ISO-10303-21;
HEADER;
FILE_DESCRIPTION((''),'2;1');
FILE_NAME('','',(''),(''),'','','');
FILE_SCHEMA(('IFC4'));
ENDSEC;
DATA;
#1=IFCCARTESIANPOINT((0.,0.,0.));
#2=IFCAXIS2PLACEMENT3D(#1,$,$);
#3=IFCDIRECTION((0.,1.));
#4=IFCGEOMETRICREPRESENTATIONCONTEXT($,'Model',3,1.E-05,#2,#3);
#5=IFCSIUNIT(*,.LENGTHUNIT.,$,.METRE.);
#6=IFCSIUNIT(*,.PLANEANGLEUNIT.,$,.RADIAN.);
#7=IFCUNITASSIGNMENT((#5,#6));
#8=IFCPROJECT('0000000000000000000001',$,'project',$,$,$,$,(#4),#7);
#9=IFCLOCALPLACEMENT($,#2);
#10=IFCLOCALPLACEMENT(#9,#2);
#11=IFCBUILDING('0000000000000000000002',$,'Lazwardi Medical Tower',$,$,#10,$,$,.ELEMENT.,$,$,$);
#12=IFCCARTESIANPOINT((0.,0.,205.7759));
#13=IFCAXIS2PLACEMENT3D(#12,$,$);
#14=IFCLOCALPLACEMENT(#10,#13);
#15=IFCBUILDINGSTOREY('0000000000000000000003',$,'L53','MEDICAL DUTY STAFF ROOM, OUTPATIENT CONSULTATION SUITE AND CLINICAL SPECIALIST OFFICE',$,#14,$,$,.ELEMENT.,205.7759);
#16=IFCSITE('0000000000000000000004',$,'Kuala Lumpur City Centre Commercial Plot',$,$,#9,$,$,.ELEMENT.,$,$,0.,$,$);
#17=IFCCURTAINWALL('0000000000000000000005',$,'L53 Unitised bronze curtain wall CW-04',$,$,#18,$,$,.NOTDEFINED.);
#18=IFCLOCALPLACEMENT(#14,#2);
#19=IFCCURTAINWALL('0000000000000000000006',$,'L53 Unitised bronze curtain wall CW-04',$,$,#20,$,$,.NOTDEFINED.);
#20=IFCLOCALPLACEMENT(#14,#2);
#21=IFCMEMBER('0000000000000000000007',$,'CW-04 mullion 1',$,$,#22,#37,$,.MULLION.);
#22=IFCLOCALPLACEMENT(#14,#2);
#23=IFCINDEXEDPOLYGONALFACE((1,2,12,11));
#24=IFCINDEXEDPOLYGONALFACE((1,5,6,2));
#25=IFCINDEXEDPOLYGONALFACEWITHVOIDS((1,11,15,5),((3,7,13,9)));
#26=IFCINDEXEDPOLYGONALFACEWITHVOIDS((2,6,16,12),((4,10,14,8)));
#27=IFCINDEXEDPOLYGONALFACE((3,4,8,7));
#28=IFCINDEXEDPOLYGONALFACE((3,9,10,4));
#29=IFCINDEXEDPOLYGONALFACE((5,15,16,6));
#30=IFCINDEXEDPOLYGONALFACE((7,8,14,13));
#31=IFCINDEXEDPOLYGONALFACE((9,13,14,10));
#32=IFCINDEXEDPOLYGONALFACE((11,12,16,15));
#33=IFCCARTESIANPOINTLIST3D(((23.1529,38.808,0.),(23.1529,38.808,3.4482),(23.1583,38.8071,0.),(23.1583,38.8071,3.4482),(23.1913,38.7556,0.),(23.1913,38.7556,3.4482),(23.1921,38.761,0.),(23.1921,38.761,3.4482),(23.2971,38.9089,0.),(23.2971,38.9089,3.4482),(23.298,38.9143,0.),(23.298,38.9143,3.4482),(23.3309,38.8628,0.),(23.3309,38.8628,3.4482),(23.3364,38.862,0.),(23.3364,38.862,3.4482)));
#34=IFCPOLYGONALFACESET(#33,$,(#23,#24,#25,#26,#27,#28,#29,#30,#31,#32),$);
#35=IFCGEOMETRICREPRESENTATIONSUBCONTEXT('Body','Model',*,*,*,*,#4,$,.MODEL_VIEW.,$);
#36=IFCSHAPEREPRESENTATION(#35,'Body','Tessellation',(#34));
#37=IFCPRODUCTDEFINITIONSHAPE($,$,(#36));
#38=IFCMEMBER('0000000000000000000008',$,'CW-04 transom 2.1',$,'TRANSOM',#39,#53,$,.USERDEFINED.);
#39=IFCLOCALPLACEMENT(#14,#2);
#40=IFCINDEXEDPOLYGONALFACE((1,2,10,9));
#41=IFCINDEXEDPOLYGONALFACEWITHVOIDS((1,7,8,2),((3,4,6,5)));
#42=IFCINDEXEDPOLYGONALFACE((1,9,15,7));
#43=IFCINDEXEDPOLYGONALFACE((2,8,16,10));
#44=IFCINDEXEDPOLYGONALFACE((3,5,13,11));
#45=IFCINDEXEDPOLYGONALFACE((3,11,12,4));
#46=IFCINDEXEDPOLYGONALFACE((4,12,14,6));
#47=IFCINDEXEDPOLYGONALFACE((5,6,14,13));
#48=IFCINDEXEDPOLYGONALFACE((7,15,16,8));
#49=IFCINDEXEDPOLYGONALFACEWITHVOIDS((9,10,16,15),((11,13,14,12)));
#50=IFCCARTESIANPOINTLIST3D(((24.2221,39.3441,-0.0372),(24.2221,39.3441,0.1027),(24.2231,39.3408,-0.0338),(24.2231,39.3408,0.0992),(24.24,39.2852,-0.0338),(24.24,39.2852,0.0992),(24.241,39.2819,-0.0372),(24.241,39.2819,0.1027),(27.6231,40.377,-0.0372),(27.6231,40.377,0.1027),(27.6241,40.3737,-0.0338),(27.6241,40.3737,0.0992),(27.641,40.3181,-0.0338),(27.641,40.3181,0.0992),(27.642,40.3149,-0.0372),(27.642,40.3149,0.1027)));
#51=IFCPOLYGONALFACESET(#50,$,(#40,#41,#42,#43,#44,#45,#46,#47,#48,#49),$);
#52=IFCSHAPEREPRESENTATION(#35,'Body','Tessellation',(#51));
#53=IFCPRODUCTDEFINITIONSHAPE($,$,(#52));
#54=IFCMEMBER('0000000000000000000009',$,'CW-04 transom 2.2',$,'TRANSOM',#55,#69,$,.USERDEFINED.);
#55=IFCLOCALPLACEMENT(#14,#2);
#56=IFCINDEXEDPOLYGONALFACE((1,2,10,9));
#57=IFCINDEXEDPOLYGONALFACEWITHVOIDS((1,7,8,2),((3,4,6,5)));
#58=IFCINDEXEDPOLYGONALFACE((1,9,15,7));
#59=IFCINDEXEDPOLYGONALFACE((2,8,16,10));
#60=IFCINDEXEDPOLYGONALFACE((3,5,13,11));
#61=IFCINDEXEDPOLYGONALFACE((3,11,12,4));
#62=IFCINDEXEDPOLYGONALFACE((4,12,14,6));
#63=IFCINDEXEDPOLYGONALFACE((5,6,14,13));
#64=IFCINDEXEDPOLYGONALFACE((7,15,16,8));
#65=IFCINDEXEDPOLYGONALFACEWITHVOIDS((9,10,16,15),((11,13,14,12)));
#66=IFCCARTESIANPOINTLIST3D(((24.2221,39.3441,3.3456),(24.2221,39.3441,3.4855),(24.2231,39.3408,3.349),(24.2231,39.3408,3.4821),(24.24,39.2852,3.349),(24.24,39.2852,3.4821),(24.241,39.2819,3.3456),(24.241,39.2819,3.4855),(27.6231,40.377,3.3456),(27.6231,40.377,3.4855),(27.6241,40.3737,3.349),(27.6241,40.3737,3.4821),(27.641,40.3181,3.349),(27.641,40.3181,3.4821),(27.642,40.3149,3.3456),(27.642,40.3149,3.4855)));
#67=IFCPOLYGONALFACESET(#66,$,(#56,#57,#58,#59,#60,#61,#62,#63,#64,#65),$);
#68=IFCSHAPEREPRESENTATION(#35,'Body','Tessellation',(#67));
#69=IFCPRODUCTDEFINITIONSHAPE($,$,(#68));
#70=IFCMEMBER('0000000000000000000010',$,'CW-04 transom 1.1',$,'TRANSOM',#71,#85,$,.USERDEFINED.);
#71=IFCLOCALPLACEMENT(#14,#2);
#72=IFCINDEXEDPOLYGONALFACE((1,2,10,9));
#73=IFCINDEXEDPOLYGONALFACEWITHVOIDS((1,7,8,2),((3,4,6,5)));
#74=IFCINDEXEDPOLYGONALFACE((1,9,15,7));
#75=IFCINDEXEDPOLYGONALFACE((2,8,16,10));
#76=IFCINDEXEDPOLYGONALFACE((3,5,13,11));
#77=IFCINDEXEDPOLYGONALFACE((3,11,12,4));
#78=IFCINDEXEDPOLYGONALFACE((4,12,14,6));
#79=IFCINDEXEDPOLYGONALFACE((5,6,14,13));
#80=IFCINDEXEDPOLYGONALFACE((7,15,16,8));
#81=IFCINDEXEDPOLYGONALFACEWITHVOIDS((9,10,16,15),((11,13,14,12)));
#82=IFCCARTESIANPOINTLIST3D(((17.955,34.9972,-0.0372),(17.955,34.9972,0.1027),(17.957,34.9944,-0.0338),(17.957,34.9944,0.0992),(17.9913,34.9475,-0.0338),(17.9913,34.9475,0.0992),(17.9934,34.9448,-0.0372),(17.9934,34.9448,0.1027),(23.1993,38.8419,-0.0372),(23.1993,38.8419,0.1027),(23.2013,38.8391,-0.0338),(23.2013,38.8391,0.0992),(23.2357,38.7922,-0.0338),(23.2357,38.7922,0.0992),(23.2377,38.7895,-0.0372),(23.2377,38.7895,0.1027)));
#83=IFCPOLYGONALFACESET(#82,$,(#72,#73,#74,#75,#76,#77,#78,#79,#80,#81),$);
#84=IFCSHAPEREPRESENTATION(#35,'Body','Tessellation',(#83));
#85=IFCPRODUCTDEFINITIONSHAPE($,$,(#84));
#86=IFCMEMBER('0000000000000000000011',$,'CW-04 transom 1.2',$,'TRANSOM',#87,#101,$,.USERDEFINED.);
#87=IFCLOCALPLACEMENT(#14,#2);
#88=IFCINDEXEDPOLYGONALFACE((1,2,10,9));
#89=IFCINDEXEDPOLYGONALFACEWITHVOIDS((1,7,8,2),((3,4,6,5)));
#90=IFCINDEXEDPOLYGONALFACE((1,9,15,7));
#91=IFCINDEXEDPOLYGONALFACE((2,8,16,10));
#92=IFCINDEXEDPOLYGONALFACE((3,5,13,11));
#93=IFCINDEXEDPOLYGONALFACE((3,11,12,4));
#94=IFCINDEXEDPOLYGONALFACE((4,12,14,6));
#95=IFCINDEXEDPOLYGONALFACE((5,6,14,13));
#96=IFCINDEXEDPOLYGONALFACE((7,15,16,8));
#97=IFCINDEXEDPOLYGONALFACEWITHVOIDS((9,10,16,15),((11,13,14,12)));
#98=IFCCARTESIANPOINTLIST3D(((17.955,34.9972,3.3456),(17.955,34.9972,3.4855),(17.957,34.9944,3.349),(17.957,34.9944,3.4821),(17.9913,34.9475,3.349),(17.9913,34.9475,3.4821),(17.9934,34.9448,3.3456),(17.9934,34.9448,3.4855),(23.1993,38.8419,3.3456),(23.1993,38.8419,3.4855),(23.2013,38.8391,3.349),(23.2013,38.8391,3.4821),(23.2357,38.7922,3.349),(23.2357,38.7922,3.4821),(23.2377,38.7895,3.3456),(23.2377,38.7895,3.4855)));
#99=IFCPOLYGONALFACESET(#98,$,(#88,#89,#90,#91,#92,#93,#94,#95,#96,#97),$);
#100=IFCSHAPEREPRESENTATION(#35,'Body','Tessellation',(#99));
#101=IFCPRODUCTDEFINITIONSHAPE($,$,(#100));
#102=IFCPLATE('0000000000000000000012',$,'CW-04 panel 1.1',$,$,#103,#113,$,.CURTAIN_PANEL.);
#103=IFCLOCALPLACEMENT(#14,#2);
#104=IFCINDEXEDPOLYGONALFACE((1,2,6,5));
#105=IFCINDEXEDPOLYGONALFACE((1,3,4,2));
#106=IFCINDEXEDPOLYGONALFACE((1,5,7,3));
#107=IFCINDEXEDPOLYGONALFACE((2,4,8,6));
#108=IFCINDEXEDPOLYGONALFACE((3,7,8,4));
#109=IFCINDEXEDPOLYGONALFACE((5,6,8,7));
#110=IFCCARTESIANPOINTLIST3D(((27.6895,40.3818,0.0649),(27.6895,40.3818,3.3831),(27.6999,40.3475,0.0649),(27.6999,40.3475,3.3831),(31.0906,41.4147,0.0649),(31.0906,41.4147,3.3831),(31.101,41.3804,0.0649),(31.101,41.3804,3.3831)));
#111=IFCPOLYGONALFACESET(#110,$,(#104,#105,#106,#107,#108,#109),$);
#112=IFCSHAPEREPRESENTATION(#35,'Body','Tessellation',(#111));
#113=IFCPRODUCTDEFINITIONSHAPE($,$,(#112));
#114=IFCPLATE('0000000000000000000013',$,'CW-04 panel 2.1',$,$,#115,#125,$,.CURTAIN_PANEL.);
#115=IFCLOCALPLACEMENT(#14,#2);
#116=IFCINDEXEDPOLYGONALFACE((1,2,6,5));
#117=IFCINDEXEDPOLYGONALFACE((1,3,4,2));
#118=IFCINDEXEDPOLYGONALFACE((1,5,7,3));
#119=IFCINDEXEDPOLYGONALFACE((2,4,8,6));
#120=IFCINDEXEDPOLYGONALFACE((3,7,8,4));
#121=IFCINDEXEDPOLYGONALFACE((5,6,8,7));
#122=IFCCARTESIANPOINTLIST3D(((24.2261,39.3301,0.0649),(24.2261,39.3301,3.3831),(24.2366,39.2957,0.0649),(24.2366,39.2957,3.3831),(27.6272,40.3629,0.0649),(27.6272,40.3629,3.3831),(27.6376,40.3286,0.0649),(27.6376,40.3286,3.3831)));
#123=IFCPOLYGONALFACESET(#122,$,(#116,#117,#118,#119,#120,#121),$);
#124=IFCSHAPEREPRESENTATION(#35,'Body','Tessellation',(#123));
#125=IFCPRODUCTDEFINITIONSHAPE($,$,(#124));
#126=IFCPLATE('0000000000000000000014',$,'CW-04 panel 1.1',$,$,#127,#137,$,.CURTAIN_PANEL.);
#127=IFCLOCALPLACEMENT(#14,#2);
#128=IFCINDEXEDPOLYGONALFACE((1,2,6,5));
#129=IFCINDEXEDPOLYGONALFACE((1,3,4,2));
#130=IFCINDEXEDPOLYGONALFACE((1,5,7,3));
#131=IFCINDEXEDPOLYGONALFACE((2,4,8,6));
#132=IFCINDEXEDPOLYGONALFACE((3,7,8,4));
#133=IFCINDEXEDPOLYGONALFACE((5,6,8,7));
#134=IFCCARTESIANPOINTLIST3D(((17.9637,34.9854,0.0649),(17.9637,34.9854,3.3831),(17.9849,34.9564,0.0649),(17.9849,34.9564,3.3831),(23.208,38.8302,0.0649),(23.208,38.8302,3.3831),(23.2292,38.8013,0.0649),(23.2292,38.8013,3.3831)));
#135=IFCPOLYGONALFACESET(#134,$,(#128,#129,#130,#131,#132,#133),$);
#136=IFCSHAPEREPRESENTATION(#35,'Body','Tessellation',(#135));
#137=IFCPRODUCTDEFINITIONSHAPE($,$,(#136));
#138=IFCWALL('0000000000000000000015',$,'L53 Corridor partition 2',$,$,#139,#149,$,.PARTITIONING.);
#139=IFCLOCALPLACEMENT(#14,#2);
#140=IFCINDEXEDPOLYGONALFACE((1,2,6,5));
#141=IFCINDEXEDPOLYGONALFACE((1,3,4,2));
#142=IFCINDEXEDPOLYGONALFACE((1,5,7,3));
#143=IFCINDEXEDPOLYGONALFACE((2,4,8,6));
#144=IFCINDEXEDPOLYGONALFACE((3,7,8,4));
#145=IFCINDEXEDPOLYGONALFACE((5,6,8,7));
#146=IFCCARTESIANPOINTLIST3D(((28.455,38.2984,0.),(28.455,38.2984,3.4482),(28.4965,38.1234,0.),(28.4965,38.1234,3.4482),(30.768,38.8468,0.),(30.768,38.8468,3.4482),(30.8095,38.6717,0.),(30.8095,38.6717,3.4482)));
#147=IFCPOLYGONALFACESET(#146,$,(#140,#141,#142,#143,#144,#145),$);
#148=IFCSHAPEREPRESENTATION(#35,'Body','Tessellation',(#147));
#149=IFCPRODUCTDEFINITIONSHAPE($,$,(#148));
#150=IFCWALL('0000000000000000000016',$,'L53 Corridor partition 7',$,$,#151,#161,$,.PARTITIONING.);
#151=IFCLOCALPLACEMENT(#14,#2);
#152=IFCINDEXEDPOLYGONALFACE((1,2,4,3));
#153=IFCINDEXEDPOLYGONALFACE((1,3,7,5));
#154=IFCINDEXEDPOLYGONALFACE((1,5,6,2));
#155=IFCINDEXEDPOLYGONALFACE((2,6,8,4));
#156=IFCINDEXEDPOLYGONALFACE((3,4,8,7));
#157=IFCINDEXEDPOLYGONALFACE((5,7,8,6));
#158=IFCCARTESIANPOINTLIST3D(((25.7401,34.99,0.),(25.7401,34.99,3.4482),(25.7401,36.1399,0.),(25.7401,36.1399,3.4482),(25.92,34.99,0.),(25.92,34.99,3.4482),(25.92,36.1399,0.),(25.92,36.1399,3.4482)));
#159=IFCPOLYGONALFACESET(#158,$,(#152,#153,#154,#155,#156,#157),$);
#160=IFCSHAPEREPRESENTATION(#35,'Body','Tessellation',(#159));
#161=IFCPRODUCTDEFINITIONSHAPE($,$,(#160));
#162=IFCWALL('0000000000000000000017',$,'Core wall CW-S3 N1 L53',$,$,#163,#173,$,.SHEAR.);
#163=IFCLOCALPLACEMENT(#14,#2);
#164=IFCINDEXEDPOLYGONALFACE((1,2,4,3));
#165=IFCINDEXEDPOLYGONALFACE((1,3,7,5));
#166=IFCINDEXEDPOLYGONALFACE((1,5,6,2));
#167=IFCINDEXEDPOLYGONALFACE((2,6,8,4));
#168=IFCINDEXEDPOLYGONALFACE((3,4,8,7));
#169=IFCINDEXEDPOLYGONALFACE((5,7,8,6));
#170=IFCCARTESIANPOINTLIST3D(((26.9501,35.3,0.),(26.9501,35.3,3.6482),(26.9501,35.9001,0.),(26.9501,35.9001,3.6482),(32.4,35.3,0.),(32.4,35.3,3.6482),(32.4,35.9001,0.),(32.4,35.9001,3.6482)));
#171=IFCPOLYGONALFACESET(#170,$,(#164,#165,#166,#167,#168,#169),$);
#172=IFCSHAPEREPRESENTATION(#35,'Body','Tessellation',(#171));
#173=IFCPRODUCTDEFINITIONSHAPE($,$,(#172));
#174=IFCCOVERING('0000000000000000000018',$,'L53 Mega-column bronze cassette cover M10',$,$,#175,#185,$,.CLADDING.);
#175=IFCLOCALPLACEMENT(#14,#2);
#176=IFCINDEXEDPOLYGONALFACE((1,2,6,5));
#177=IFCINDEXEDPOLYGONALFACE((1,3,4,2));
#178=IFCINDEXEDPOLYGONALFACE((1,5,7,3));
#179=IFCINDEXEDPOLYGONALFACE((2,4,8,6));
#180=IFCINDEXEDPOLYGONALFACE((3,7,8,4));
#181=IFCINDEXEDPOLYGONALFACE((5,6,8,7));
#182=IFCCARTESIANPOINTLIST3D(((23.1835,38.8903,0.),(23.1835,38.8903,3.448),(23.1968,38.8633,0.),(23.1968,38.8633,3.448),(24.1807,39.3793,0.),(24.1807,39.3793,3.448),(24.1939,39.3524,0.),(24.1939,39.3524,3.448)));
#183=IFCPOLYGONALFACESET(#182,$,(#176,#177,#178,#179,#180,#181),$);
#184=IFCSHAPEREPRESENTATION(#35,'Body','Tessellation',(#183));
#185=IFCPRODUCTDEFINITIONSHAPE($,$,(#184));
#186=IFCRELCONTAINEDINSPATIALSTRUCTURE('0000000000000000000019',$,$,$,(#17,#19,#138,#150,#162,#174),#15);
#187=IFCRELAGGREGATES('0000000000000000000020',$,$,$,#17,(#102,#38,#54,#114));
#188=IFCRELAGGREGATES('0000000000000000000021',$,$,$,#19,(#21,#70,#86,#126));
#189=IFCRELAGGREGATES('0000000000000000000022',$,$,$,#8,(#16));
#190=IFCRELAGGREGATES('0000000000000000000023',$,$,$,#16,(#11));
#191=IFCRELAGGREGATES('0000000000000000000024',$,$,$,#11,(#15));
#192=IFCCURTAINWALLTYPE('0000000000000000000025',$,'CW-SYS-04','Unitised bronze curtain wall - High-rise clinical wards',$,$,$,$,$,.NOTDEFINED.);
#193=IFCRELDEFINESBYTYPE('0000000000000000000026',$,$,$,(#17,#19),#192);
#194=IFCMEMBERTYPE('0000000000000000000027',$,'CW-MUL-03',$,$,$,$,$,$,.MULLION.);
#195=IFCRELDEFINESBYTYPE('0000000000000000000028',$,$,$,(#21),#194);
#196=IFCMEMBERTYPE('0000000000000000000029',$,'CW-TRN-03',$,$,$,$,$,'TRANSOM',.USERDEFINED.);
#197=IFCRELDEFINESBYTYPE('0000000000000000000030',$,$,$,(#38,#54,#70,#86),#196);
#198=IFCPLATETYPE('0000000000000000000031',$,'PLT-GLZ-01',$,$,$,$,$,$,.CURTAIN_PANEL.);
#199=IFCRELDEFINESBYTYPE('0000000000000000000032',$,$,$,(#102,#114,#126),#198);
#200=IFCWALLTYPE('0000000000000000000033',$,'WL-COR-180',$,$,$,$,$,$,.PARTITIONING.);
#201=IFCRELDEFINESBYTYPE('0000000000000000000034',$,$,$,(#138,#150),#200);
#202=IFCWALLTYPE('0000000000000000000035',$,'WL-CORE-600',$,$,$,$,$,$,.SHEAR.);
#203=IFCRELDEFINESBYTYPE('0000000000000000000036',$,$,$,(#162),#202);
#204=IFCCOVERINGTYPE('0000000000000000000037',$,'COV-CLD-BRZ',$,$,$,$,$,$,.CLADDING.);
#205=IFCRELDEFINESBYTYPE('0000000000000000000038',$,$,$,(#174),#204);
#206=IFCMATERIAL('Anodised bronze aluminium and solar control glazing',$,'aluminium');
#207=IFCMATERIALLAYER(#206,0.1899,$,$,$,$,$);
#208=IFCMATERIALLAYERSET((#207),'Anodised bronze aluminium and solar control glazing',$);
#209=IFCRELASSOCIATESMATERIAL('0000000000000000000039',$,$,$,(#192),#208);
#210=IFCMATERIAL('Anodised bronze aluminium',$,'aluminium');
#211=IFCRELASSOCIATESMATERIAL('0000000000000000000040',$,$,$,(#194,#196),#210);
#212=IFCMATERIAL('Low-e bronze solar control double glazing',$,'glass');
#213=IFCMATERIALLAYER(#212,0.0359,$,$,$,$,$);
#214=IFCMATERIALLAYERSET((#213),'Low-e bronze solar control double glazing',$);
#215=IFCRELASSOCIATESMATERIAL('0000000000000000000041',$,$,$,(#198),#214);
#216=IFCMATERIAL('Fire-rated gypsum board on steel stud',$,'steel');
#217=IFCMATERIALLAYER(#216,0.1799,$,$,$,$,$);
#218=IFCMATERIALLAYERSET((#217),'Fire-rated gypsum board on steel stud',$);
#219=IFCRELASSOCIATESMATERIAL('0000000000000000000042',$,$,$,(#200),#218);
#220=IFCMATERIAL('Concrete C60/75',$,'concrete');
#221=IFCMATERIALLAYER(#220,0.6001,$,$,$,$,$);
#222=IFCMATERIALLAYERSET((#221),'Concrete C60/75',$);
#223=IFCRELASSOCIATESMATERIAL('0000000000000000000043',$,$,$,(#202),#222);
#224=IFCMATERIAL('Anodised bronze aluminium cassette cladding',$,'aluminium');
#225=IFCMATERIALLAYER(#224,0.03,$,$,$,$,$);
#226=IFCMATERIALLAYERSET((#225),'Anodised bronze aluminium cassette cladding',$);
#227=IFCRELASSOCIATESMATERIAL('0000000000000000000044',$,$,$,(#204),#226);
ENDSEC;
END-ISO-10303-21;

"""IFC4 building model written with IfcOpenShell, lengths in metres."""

from ifc_helpers import new_model, si_unit, direction, frame, frame_2d, origin, origin_2d, place, context, subcontext, project, spatial, rectangle, hollow_rectangle, extrude, material, layer, layer_set, material_profile, profile_set, type_object, element, aggregate, save


model = new_model("IFC4")

# Units and contexts
model_context = context("Model", 3, precision=1e-05, world=origin(), true_north=direction((0.0, 1.0)))
body_context = subcontext(model_context, "Body", "Model", "MODEL_VIEW")
ifc_project = project(units=[si_unit("LENGTHUNIT", "METRE"), si_unit("PLANEANGLEUNIT", "RADIAN")], contexts=[model_context])

# Site, building, storey
site_placement = place(None, origin())
site = spatial("IfcSite", under=ifc_project, at=site_placement, Name="Kuala Lumpur City Centre Commercial Plot", CompositionType="ELEMENT", RefElevation=0.0)
building_placement = place(site_placement, origin())
building = spatial("IfcBuilding", under=site, at=building_placement, Name="Lazwardi Medical Tower", CompositionType="ELEMENT")
storey_placement = place(building_placement, frame((0.0, 0.0, 205.7759)))
storey = spatial("IfcBuildingStorey", under=building, at=storey_placement, Name="L53", Description="MEDICAL DUTY STAFF ROOM, OUTPATIENT CONSULTATION SUITE AND CLINICAL SPECIALIST OFFICE", CompositionType="ELEMENT", Elevation=205.7759)

# Shared definitions
ifc_material_1 = material(Name="Concrete C60/75", Category="concrete")

# Curtain wall
ifc_material_2 = material(Name="Anodised bronze aluminium and solar control glazing", Category="aluminium")
ifc_layer_1 = layer(ifc_material_2, 0.1899)
ifc_layer_set_1 = layer_set([ifc_layer_1], Name="Anodised bronze aluminium and solar control glazing")
curtain_wall_type = type_object("IfcCurtainWallType", Name="CW-SYS-04", Description="Unitised bronze curtain wall - High-rise clinical wards", PredefinedType="NOTDEFINED", material=ifc_layer_set_1)
curtain_wall_1_placement = place(storey_placement, origin())
curtain_wall_1 = element("IfcCurtainWall", 1, at=curtain_wall_1_placement, inside=storey, type_object=curtain_wall_type, Name="L53 Unitised bronze curtain wall CW-04", PredefinedType="NOTDEFINED")
ifc_material_3 = material(Name="Anodised bronze aluminium", Category="aluminium")
ifc_material_profile_1 = material_profile(ifc_material_3, hollow_rectangle(XDim=0.0649, YDim=0.1799, WallThickness=0.0039, at=origin_2d()), Name="ALU-MULLION 180x65x4")
ifc_profile_set_1 = profile_set([ifc_material_profile_1], Name="Anodised bronze aluminium")
member_type_1 = type_object("IfcMemberType", Name="CW-MUL-03", PredefinedType="MULLION", material=ifc_profile_set_1)

# Curtain wall, member
curtain_wall_2_placement = place(storey_placement, origin())
curtain_wall_2 = element("IfcCurtainWall", 2, at=curtain_wall_2_placement, inside=storey, type_object=curtain_wall_type, Name="L53 Unitised bronze curtain wall CW-04", PredefinedType="NOTDEFINED")
member_1_placement = place(storey_placement, frame((23.2446, 38.835, 0.0), z_axis=(0.0, 0.0, 1.0), x_axis=(0.591268, -0.806475, 0.0)))
member_1 = element("IfcMember", 3, at=member_1_placement, type_object=member_type_1, Name="CW-04 mullion 1", PredefinedType="MULLION", context=body_context, shape_type="SweptSolid", body=[
    extrude(hollow_rectangle(XDim=0.0649, YDim=0.1799, WallThickness=0.0039, at=origin_2d()), origin(), (0.0, 0.0, 1.0), 3.4482),
])

# Members
ifc_material_profile_2 = material_profile(ifc_material_3, hollow_rectangle(XDim=0.0649, YDim=0.1399, WallThickness=0.0034, at=origin_2d()), Name="ALU-TRANSOM 140x65x3.5")
ifc_profile_set_2 = profile_set([ifc_material_profile_2], Name="Anodised bronze aluminium")
member_type_2 = type_object("IfcMemberType", Name="CW-TRN-03", ElementType="TRANSOM", PredefinedType="USERDEFINED", material=ifc_profile_set_2)
member_2_placement = place(storey_placement, frame((27.6326, 40.3459, 0.0327), z_axis=(-0.956843, -0.290604, 0.0), x_axis=(0.290604, -0.956843, 0.0)))
member_2 = element("IfcMember", 4, at=member_2_placement, type_object=member_type_2, Name="CW-04 transom 2.1", ObjectType="TRANSOM", PredefinedType="USERDEFINED", context=body_context, shape_type="SweptSolid", body=[
    extrude(hollow_rectangle(XDim=0.0649, YDim=0.1399, WallThickness=0.0034, at=origin_2d()), origin(), (0.0, 0.0, 1.0), 3.5544),
])
member_3_placement = place(storey_placement, frame((27.6326, 40.3459, 3.4155), z_axis=(-0.956843, -0.290604, 0.0), x_axis=(0.290604, -0.956843, 0.0)))
member_3 = element("IfcMember", 5, at=member_3_placement, type_object=member_type_2, Name="CW-04 transom 2.2", ObjectType="TRANSOM", PredefinedType="USERDEFINED", context=body_context, shape_type="SweptSolid", body=[
    extrude(hollow_rectangle(XDim=0.0649, YDim=0.1399, WallThickness=0.0034, at=origin_2d()), origin(), (0.0, 0.0, 1.0), 3.5544),
])
member_4_placement = place(storey_placement, frame((23.2185, 38.8157, 0.0327), z_axis=(-0.80649, -0.591248, 0.0), x_axis=(0.591248, -0.80649, 0.0)))
member_4 = element("IfcMember", 6, at=member_4_placement, type_object=member_type_2, Name="CW-04 transom 1.1", ObjectType="TRANSOM", PredefinedType="USERDEFINED", context=body_context, shape_type="SweptSolid", body=[
    extrude(hollow_rectangle(XDim=0.0649, YDim=0.1399, WallThickness=0.0034, at=origin_2d()), origin(), (0.0, 0.0, 1.0), 6.5027),
])
member_5_placement = place(storey_placement, frame((23.2185, 38.8157, 3.4155), z_axis=(-0.80649, -0.591248, 0.0), x_axis=(0.591248, -0.80649, 0.0)))
member_5 = element("IfcMember", 7, at=member_5_placement, type_object=member_type_2, Name="CW-04 transom 1.2", ObjectType="TRANSOM", PredefinedType="USERDEFINED", context=body_context, shape_type="SweptSolid", body=[
    extrude(hollow_rectangle(XDim=0.0649, YDim=0.1399, WallThickness=0.0034, at=origin_2d()), origin(), (0.0, 0.0, 1.0), 6.5027),
])

# Plates
ifc_material_4 = material(Name="Low-e bronze solar control double glazing", Category="glass")
ifc_layer_2 = layer(ifc_material_4, 0.0359)
ifc_layer_set_2 = layer_set([ifc_layer_2], Name="Low-e bronze solar control double glazing")
plate_type = type_object("IfcPlateType", Name="PLT-GLZ-01", PredefinedType="CURTAIN_PANEL", material=ifc_layer_set_2)
plate_1_placement = place(storey_placement, frame((29.3953, 40.8811, 0.0649), z_axis=(0.0, 0.0, 1.0), x_axis=(-0.95685, -0.290582, 0.0)))
plate_1 = element("IfcPlate", 8, at=plate_1_placement, type_object=plate_type, Name="CW-04 panel 1.1", PredefinedType="CURTAIN_PANEL", context=body_context, shape_type="SweptSolid", body=[
    extrude(rectangle(XDim=3.5544, YDim=0.0359, at=origin_2d()), origin(), (0.0, 0.0, 1.0), 3.3181),
])
plate_2_placement = place(storey_placement, frame((25.9319, 39.8293, 0.0649), z_axis=(0.0, 0.0, 1.0), x_axis=(-0.95685, -0.290582, 0.0)))
plate_2 = element("IfcPlate", 9, at=plate_2_placement, type_object=plate_type, Name="CW-04 panel 2.1", PredefinedType="CURTAIN_PANEL", context=body_context, shape_type="SweptSolid", body=[
    extrude(rectangle(XDim=3.5544, YDim=0.0359, at=origin_2d()), origin(), (0.0, 0.0, 1.0), 3.3181),
])
aggregate(curtain_wall_1, [plate_1, member_2, member_3, plate_2])
plate_3_placement = place(storey_placement, frame((20.5964, 36.8933, 0.0649), z_axis=(0.0, 0.0, 1.0), x_axis=(-0.806475, -0.591268, 0.0)))
plate_3 = element("IfcPlate", 10, at=plate_3_placement, type_object=plate_type, Name="CW-04 panel 1.1", PredefinedType="CURTAIN_PANEL", context=body_context, shape_type="SweptSolid", body=[
    extrude(rectangle(XDim=6.5027, YDim=0.0359, at=origin_2d()), origin(), (0.0, 0.0, 1.0), 3.3181),
])
aggregate(curtain_wall_2, [member_1, member_4, member_5, plate_3])

# Shared definitions
ifc_material_5 = material(Name="Fire-rated gypsum board on steel stud", Category="steel")
ifc_layer_3 = layer(ifc_material_5, 0.1799)
ifc_layer_set_3 = layer_set([ifc_layer_3], Name="Fire-rated gypsum board on steel stud")
wall_type_1 = type_object("IfcWallType", Name="WL-COR-180", PredefinedType="PARTITIONING", material=ifc_layer_set_3)

# Walls
wall_1_placement = place(storey_placement, frame((28.4758, 38.2109, 0.0), z_axis=(0.0, 0.0, 1.0), x_axis=(0.973031, 0.230676, 0.0)))
element("IfcWall", 11, at=wall_1_placement, inside=storey, type_object=wall_type_1, Name="L53 Corridor partition 2", PredefinedType="PARTITIONING", context=body_context, shape_type="SweptSolid", body=[
    extrude(rectangle(XDim=2.3772, YDim=0.1799, at=frame_2d((1.1885, 0.0))), origin(), (0.0, 0.0, 1.0), 3.4482),
])
wall_2_placement = place(storey_placement, frame((25.8301, 36.1399, 0.0), z_axis=(0.0, 0.0, 1.0), x_axis=(0.0, -1.0, 0.0)))
element("IfcWall", 12, at=wall_2_placement, inside=storey, type_object=wall_type_1, Name="L53 Corridor partition 7", PredefinedType="PARTITIONING", context=body_context, shape_type="SweptSolid", body=[
    extrude(rectangle(XDim=1.1499, YDim=0.1799, at=frame_2d((0.575, 0.0))), origin(), (0.0, 0.0, 1.0), 3.4482),
])
ifc_layer_4 = layer(ifc_material_1, 0.6001)
ifc_layer_set_4 = layer_set([ifc_layer_4], Name="Concrete C60/75")
wall_type_2 = type_object("IfcWallType", Name="WL-CORE-600", PredefinedType="SHEAR", material=ifc_layer_set_4)
wall_3_placement = place(storey_placement, frame((26.95, 35.6001, 0.0), z_axis=(0.0, 0.0, 1.0), x_axis=(1.0, 0.0, 0.0)))
element("IfcWall", 13, at=wall_3_placement, inside=storey, type_object=wall_type_2, Name="Core wall CW-S3 N1 L53", PredefinedType="SHEAR", context=body_context, shape_type="SweptSolid", body=[
    extrude(rectangle(XDim=5.45, YDim=0.6001, at=frame_2d((2.7251, 0.0))), origin(), (0.0, 0.0, 1.0), 3.6482),
])

# Covering
ifc_material_6 = material(Name="Anodised bronze aluminium cassette cladding", Category="aluminium")
ifc_layer_5 = layer(ifc_material_6, 0.03)
ifc_layer_set_5 = layer_set([ifc_layer_5], Name="Anodised bronze aluminium cassette cladding")
covering_type = type_object("IfcCoveringType", Name="COV-CLD-BRZ", PredefinedType="CLADDING", material=ifc_layer_set_5)
covering_placement = place(storey_placement, frame((23.6887, 39.1213, 0.0), z_axis=(0.0, 0.0, 1.0), x_axis=(-0.89784, -0.440322, 0.0)))
element("IfcCovering", 14, at=covering_placement, inside=storey, type_object=covering_type, Name="L53 Mega-column bronze cassette cover M10", PredefinedType="CLADDING", context=body_context, shape_type="SweptSolid", body=[
    extrude(rectangle(XDim=1.1106, YDim=0.03, at=origin_2d()), origin(), (0.0, 0.0, 1.0), 3.448),
])

save(model, "model.ifc")
